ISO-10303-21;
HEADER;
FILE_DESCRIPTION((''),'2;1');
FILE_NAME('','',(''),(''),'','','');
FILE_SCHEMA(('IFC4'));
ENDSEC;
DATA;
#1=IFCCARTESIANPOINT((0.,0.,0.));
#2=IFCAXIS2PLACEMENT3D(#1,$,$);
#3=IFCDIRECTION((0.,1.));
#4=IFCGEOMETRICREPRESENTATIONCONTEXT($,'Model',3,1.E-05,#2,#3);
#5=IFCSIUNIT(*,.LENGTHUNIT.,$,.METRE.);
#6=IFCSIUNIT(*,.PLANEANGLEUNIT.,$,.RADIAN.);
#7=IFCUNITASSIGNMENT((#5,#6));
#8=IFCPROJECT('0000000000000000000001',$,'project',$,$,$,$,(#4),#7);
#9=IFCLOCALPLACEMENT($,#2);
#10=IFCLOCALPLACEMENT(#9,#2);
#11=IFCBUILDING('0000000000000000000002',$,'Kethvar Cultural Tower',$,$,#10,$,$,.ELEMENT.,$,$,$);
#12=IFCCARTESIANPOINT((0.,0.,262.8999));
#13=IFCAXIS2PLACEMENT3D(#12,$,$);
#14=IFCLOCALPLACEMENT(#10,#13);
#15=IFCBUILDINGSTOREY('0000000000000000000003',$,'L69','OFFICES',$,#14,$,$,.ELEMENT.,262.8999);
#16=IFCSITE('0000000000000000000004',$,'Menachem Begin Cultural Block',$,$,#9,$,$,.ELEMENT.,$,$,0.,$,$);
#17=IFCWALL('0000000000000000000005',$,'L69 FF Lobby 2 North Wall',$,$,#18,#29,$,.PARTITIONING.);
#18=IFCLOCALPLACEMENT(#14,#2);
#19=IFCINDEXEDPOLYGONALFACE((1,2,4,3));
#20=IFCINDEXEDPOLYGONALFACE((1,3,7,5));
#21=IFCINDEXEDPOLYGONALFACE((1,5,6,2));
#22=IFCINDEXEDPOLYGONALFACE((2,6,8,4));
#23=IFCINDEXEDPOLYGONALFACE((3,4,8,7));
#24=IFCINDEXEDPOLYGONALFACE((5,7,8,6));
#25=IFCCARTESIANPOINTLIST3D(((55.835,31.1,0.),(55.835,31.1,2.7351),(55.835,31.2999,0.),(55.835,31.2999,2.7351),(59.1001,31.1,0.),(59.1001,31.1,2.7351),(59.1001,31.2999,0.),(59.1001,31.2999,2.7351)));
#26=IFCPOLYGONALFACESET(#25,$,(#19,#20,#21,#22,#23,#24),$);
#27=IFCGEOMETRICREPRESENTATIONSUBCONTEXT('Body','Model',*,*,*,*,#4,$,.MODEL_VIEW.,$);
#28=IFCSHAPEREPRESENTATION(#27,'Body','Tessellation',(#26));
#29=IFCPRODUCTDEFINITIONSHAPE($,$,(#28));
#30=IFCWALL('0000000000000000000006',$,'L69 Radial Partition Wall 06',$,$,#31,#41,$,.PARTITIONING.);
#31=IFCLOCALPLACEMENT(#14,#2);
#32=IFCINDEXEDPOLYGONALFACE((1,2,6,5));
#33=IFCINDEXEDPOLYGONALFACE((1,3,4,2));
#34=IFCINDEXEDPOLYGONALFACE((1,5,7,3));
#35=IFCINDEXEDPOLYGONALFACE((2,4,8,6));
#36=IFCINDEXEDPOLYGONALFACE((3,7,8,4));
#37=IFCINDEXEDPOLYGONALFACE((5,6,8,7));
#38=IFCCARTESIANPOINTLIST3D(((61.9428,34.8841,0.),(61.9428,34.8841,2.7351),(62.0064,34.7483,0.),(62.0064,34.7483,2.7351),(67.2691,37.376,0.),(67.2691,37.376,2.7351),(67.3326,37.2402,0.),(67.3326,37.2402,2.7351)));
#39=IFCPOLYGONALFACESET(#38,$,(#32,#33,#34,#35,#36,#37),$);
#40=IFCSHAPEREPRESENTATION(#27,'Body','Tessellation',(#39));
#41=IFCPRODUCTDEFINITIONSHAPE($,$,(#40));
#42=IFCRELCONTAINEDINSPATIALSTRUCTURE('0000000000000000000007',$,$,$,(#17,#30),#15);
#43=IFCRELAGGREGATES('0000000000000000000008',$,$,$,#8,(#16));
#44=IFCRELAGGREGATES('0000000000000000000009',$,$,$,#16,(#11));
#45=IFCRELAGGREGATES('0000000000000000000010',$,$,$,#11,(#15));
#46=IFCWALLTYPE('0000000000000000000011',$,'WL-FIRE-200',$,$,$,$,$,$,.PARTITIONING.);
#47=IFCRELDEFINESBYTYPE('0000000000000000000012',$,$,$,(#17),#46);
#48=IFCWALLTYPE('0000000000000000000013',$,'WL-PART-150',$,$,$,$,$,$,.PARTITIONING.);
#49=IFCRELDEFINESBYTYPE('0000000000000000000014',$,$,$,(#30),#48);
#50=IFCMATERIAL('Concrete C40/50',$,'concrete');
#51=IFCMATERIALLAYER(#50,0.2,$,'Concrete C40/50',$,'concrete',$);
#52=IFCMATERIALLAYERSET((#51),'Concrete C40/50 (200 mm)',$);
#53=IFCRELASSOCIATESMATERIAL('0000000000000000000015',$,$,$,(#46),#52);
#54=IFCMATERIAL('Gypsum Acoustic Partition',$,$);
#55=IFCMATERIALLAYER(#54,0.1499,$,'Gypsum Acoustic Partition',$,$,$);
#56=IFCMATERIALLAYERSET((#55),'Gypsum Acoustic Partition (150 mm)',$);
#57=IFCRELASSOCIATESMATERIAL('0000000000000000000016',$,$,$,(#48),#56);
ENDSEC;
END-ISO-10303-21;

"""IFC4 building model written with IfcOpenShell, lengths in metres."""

from ifc_helpers import new_model, si_unit, direction, frame, frame_2d, origin, place, context, subcontext, project, spatial, rectangle, extrude, material, layer, layer_set, type_object, element, save


model = new_model("IFC4")

# Units and contexts
model_context = context("Model", 3, precision=1e-05, world=origin(), true_north=direction((0.0, 1.0)))
body_context = subcontext(model_context, "Body", "Model", "MODEL_VIEW")
ifc_project = project(units=[si_unit("LENGTHUNIT", "METRE"), si_unit("PLANEANGLEUNIT", "RADIAN")], contexts=[model_context])

# Site, building, storey
site_placement = place(None, origin())
site = spatial("IfcSite", under=ifc_project, at=site_placement, Name="Menachem Begin Cultural Block", CompositionType="ELEMENT", RefElevation=0.0)
building_placement = place(site_placement, origin())
building = spatial("IfcBuilding", under=site, at=building_placement, Name="Kethvar Cultural Tower", CompositionType="ELEMENT")
storey_placement = place(building_placement, frame((0.0, 0.0, 262.8999)))
storey = spatial("IfcBuildingStorey", under=building, at=storey_placement, Name="L69", Description="OFFICES", CompositionType="ELEMENT", Elevation=262.8999)

# Walls
ifc_material_1 = material(Name="Concrete C40/50", Category="concrete")
ifc_layer_1 = layer(ifc_material_1, 0.2, Name="Concrete C40/50", Category="concrete")
ifc_layer_set_1 = layer_set([ifc_layer_1], Name="Concrete C40/50 (200 mm)")
wall_type_1 = type_object("IfcWallType", Name="WL-FIRE-200", PredefinedType="PARTITIONING", material=ifc_layer_set_1)
wall_1_placement = place(storey_placement, frame((55.835, 31.2, 0.0), z_axis=(0.0, 0.0, 1.0), x_axis=(1.0, 0.0, 0.0)))
element("IfcWall", 1, at=wall_1_placement, inside=storey, type_object=wall_type_1, Name="L69 FF Lobby 2 North Wall", PredefinedType="PARTITIONING", context=body_context, shape_type="SweptSolid", body=[
    extrude(rectangle(XDim=3.2651, YDim=0.2, at=frame_2d((1.6326, 0.0))), origin(), (0.0, 0.0, 1.0), 2.7351),
])
ifc_material_2 = material(Name="Gypsum Acoustic Partition")
ifc_layer_2 = layer(ifc_material_2, 0.1499, Name="Gypsum Acoustic Partition")
ifc_layer_set_2 = layer_set([ifc_layer_2], Name="Gypsum Acoustic Partition (150 mm)")
wall_type_2 = type_object("IfcWallType", Name="WL-PART-150", PredefinedType="PARTITIONING", material=ifc_layer_set_2)
wall_2_placement = place(storey_placement, frame((61.9746, 34.8162, 0.0), z_axis=(0.0, 0.0, 1.0), x_axis=(0.905766, 0.423779, 0.0)))
element("IfcWall", 2, at=wall_2_placement, inside=storey, type_object=wall_type_2, Name="L69 Radial Partition Wall 06", PredefinedType="PARTITIONING", context=body_context, shape_type="SweptSolid", body=[
    extrude(rectangle(XDim=5.8804, YDim=0.1499, at=frame_2d((2.9402, 0.0))), origin(), (0.0, 0.0, 1.0), 2.7351),
])

save(model, "model.ifc")
